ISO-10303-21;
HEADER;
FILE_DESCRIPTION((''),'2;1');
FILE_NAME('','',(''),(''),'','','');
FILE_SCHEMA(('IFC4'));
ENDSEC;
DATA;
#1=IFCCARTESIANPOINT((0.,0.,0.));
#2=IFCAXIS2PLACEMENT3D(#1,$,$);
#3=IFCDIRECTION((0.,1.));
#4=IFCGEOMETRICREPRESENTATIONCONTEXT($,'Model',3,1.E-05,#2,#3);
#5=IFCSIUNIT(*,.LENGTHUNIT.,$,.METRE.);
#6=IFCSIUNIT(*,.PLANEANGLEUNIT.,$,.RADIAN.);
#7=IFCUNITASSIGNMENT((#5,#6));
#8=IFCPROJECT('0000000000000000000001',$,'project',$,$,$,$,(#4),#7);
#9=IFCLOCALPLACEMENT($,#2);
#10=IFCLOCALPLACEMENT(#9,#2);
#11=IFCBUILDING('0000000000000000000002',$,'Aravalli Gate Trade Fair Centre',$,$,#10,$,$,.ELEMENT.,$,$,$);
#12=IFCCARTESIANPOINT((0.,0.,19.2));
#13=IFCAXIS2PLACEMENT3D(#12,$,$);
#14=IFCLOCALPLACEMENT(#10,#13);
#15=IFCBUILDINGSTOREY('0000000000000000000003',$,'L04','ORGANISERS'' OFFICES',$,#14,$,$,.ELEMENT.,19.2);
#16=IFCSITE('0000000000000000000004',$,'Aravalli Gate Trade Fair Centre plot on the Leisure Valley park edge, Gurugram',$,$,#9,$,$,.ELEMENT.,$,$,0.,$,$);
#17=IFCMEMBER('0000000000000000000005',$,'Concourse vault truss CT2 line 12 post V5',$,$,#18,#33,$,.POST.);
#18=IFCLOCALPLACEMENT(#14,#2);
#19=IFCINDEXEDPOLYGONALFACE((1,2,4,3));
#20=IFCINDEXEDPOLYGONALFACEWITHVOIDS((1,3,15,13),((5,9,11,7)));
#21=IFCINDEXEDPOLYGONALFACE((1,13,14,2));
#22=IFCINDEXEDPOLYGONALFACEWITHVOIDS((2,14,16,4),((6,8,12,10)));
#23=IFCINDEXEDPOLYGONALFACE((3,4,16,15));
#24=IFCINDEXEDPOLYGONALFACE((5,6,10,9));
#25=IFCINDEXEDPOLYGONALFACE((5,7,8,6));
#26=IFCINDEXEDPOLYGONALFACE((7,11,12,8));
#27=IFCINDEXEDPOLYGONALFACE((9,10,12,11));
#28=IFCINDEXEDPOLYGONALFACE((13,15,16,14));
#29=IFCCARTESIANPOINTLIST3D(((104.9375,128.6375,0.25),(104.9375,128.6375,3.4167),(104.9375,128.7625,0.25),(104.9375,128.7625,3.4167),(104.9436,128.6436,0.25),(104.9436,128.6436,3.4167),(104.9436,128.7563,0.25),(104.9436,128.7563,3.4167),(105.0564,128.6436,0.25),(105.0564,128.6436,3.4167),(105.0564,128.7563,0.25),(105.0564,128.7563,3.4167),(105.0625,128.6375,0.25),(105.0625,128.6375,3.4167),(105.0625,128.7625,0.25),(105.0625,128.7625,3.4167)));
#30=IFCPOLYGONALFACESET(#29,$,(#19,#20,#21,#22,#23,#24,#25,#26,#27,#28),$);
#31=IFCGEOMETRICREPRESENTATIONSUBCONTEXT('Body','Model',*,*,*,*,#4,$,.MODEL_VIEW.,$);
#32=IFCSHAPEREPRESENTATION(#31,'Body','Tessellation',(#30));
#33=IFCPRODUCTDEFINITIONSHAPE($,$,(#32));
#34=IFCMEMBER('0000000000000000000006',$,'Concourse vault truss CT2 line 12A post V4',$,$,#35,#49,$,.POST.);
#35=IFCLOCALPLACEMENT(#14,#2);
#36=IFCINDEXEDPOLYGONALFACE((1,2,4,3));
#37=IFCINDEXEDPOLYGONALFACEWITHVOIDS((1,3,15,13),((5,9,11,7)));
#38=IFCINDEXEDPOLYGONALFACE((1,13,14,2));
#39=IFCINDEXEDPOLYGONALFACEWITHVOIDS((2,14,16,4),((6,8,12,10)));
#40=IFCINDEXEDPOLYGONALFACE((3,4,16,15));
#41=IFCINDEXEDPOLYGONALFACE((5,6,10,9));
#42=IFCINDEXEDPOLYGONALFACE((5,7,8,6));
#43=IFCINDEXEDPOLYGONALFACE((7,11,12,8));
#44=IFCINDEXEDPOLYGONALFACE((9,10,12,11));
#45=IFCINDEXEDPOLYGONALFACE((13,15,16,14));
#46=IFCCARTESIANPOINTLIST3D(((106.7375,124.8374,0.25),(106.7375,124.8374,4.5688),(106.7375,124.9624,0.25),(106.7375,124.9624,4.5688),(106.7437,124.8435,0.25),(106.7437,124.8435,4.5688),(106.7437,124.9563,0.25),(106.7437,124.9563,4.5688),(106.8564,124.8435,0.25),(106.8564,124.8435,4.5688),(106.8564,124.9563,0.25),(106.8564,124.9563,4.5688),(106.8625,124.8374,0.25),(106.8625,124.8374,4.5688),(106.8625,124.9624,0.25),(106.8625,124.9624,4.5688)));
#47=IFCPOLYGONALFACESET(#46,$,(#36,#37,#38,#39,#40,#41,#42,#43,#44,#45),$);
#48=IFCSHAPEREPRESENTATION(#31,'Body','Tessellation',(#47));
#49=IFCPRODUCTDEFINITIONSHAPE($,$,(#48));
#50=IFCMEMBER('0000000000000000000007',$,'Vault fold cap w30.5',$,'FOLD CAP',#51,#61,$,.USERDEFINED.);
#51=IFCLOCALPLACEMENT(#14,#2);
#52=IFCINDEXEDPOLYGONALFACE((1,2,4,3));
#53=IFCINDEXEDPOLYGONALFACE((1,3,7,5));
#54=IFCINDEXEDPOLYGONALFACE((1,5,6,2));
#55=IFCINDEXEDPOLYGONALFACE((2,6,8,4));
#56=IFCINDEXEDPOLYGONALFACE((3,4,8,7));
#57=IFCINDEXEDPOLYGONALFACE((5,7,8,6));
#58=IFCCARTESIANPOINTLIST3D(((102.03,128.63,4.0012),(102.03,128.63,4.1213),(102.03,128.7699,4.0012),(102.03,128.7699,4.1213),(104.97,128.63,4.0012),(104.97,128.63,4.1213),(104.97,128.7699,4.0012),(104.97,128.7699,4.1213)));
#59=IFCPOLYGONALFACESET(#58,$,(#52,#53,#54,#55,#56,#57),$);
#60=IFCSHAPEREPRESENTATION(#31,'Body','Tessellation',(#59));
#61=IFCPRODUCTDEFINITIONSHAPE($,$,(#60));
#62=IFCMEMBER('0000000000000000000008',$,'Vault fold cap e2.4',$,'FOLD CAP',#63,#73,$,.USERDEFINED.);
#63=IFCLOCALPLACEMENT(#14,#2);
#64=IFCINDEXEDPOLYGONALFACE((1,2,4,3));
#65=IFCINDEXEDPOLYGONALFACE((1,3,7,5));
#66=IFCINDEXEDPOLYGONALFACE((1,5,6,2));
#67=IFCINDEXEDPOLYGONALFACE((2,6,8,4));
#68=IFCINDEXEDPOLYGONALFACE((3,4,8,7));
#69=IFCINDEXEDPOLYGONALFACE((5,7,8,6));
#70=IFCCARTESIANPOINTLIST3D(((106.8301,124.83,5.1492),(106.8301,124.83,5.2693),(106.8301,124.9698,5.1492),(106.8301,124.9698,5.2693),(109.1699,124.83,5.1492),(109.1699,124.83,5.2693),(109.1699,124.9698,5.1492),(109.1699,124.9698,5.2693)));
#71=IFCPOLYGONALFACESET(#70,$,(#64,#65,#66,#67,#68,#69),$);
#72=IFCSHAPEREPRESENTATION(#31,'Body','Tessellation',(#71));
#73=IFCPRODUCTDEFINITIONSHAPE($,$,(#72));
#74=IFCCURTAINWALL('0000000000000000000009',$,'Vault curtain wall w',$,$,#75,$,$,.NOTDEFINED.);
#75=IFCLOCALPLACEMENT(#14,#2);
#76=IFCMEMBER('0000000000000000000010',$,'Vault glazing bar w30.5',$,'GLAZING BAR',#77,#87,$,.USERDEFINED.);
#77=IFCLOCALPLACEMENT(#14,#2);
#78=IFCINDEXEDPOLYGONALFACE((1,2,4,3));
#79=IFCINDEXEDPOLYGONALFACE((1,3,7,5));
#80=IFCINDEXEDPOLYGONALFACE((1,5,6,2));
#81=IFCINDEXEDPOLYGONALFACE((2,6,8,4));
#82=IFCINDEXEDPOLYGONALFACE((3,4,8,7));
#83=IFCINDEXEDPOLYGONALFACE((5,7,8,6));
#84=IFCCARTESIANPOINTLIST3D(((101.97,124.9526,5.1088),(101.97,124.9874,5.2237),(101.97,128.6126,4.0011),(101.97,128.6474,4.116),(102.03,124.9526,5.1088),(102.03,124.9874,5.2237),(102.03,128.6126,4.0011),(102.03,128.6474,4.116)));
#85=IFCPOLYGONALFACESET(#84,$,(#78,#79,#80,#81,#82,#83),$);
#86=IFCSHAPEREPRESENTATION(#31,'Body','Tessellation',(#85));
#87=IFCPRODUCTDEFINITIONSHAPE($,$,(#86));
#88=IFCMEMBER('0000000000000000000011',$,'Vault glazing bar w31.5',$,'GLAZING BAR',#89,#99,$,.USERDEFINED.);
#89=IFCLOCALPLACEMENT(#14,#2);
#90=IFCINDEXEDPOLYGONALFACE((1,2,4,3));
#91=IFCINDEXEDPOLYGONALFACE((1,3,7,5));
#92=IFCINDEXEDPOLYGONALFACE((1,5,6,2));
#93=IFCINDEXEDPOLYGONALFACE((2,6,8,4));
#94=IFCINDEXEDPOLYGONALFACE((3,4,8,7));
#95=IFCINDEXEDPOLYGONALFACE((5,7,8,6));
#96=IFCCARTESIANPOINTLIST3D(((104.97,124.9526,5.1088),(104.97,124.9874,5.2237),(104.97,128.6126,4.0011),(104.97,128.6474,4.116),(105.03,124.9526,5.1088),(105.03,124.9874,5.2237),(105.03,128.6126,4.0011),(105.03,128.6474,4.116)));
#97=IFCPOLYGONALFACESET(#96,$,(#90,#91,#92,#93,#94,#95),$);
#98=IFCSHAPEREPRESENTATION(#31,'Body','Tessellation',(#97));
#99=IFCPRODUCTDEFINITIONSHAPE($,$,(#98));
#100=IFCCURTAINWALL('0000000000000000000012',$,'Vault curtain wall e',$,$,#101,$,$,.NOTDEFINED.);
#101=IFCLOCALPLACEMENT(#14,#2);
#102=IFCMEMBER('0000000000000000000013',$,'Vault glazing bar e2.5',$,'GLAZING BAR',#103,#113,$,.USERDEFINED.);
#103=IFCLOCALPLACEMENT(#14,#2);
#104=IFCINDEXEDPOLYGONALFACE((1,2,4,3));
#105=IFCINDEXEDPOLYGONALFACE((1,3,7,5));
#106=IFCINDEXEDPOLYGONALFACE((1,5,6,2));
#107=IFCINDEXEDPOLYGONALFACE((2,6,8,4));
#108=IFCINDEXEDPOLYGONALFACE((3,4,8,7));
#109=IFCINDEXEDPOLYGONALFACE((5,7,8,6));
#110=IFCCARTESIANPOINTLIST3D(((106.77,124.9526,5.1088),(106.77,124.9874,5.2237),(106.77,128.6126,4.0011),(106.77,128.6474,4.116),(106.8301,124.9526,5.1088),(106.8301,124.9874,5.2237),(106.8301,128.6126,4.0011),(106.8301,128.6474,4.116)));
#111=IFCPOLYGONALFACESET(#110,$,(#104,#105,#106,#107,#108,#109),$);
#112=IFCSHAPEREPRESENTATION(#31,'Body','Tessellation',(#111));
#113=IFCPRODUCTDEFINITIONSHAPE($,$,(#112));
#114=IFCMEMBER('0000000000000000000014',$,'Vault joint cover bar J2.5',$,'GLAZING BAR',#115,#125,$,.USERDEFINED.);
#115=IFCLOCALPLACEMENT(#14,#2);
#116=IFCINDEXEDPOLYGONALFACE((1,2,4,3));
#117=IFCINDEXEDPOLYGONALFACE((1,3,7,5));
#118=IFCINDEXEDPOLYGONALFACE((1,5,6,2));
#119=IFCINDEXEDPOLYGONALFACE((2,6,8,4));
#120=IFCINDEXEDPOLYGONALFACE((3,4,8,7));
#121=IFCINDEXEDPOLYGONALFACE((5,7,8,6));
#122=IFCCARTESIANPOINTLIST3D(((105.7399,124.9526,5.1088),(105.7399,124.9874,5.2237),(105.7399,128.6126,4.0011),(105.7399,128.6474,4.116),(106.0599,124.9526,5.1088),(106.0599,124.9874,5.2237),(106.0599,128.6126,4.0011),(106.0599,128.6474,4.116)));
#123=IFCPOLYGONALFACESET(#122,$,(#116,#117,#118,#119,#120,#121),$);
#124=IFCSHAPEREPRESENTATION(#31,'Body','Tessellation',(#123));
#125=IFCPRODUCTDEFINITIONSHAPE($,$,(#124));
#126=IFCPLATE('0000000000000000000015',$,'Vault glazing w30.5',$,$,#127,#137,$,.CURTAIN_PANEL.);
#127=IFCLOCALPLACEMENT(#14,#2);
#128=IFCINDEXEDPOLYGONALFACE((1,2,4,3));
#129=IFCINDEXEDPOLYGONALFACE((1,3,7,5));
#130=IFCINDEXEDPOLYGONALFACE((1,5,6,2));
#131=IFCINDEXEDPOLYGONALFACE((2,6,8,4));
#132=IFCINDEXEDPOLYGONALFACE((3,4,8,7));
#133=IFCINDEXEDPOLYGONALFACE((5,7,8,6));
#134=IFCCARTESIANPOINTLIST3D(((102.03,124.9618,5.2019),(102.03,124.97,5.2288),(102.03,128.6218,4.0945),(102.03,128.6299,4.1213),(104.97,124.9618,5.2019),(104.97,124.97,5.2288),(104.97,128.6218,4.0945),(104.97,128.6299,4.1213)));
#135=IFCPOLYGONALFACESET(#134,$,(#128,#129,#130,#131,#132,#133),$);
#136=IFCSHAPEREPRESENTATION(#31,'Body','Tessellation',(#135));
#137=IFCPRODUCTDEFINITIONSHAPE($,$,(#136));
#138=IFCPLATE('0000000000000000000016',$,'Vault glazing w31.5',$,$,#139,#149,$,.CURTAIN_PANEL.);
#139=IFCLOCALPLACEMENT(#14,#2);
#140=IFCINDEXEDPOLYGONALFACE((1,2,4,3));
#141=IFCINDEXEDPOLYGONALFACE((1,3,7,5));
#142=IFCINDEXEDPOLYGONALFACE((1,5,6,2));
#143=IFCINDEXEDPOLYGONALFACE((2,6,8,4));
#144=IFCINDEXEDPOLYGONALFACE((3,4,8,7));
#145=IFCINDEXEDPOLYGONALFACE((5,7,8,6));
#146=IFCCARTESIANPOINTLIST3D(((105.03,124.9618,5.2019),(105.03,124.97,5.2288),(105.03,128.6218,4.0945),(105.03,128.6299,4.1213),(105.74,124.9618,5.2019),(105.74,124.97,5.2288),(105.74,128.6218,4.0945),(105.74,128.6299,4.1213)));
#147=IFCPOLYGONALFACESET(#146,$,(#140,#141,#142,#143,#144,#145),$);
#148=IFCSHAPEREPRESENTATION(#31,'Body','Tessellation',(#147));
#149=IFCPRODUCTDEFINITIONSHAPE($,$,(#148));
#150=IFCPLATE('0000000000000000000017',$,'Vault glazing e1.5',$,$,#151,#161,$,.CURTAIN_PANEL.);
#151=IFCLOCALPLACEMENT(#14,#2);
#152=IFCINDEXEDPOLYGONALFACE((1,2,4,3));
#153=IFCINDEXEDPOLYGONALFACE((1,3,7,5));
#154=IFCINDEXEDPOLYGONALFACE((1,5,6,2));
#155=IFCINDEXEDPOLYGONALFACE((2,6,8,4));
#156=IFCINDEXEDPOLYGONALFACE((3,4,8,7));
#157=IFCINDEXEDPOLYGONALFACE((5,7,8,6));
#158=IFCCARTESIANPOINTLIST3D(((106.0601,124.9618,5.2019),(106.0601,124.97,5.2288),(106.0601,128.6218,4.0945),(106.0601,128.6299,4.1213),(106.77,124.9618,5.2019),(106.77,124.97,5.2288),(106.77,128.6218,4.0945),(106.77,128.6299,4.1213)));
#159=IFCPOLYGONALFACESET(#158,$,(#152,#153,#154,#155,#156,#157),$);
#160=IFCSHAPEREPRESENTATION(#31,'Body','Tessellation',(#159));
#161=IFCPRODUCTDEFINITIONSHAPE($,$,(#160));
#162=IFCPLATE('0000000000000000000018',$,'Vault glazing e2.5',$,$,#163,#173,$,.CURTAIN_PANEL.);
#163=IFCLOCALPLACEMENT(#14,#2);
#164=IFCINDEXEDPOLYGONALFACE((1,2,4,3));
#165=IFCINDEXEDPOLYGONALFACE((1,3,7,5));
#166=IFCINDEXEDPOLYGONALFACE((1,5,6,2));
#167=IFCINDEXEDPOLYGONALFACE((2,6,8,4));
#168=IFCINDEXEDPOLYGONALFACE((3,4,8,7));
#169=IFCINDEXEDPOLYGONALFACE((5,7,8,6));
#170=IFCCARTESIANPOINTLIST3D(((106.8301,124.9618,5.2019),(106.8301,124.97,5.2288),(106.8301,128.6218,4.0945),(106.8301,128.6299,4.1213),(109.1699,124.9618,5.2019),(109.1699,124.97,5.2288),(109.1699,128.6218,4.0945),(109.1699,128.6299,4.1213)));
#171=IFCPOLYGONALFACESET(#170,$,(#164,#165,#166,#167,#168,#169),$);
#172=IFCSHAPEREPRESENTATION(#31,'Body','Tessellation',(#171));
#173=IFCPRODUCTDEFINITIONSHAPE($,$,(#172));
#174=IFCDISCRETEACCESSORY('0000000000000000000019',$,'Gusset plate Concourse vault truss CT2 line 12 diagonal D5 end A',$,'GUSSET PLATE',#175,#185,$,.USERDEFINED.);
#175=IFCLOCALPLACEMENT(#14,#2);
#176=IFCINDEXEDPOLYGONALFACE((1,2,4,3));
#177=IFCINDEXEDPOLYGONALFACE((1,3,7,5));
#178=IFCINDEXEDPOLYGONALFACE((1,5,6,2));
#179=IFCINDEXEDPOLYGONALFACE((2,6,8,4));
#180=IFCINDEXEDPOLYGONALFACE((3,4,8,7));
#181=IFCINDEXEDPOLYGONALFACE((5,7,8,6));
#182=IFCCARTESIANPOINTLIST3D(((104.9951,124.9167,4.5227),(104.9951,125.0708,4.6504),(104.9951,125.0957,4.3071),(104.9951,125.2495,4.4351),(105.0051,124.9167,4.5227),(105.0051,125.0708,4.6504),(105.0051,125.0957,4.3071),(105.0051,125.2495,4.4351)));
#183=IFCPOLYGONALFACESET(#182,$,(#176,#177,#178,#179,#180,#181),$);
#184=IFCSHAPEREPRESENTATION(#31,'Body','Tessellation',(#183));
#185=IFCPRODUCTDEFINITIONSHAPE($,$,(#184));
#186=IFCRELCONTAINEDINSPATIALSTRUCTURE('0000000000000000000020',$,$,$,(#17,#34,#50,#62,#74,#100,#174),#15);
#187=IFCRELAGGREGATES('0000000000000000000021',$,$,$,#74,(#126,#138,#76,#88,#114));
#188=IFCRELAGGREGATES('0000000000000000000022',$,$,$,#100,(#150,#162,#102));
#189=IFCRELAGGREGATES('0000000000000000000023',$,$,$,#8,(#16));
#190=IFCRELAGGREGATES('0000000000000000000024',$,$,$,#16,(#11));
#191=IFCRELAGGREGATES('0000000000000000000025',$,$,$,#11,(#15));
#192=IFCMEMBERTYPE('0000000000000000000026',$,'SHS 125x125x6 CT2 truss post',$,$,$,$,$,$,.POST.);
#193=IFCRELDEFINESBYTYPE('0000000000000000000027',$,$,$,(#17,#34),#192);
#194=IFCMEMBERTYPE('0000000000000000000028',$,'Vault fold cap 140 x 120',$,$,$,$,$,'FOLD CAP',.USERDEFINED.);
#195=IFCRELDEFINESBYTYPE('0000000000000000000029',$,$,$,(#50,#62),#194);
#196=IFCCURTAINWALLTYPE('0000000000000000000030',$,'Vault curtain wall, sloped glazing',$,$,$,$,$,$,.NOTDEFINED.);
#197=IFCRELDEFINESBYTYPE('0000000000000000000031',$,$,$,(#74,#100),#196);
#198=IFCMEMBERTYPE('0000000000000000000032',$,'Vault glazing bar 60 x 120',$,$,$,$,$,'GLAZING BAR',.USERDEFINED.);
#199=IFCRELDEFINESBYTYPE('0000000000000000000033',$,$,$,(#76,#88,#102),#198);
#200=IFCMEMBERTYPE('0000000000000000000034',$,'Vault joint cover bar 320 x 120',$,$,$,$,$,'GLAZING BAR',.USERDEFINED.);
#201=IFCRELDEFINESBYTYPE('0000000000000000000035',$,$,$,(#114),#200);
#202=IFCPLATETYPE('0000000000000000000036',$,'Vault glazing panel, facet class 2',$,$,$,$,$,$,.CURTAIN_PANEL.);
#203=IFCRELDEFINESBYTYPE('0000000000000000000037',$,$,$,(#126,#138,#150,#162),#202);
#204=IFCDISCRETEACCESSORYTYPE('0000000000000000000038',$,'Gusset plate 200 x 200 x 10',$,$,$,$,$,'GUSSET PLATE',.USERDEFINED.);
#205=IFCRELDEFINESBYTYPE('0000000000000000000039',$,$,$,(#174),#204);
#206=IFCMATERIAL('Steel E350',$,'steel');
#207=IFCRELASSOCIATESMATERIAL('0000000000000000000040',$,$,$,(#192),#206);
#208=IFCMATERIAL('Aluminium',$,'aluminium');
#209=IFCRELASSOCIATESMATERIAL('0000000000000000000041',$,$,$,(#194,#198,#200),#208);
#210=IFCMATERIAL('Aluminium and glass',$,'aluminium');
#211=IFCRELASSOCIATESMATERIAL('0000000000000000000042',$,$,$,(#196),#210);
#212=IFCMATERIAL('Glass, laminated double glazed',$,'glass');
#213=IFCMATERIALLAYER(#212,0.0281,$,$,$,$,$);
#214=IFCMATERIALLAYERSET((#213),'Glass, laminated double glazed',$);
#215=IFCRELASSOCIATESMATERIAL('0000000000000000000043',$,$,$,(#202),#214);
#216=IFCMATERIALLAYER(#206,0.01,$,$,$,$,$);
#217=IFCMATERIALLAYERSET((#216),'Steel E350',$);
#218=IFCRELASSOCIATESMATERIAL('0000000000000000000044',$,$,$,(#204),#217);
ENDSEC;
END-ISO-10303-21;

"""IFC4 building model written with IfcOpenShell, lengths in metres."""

from ifc_helpers import new_model, si_unit, direction, frame, origin, origin_2d, place, context, subcontext, project, spatial, polyline, rectangle, hollow_rectangle, outline, extrude, material, layer, layer_set, material_profile, profile_set, type_object, element, aggregate, save


model = new_model("IFC4")

# Units and contexts
model_context = context("Model", 3, precision=1e-05, world=origin(), true_north=direction((0.0, 1.0)))
body_context = subcontext(model_context, "Body", "Model", "MODEL_VIEW")
ifc_project = project(units=[si_unit("LENGTHUNIT", "METRE"), si_unit("PLANEANGLEUNIT", "RADIAN")], contexts=[model_context])

# Site, building, storey
site_placement = place(None, origin())
site = spatial("IfcSite", under=ifc_project, at=site_placement, Name="Aravalli Gate Trade Fair Centre plot on the Leisure Valley park edge, Gurugram", CompositionType="ELEMENT", RefElevation=0.0)
building_placement = place(site_placement, origin())
building = spatial("IfcBuilding", under=site, at=building_placement, Name="Aravalli Gate Trade Fair Centre", CompositionType="ELEMENT")
storey_placement = place(building_placement, frame((0.0, 0.0, 19.2)))
storey = spatial("IfcBuildingStorey", under=building, at=storey_placement, Name="L04", Description="ORGANISERS' OFFICES", CompositionType="ELEMENT", Elevation=19.2)

# Members
ifc_material_1 = material(Name="Steel E350", Category="steel")
ifc_material_profile_1 = material_profile(ifc_material_1, hollow_rectangle(XDim=0.125, YDim=0.125, WallThickness=0.0061, at=origin_2d()), Name="SHS 125x125x6")
ifc_profile_set_1 = profile_set([ifc_material_profile_1], Name="Steel E350")
member_type_1 = type_object("IfcMemberType", Name="SHS 125x125x6 CT2 truss post", PredefinedType="POST", material=ifc_profile_set_1)
member_1_placement = place(storey_placement, frame((105.0, 128.7, 0.25), z_axis=(0.0, 0.0, 1.0), x_axis=(1.0, 0.0, 0.0)))
element("IfcMember", 1, at=member_1_placement, inside=storey, type_object=member_type_1, Name="Concourse vault truss CT2 line 12 post V5", PredefinedType="POST", context=body_context, shape_type="SweptSolid", body=[
    extrude(hollow_rectangle(XDim=0.125, YDim=0.125, WallThickness=0.0061, at=origin_2d()), origin(), (0.0, 0.0, 1.0), 3.1667),
])
member_2_placement = place(storey_placement, frame((106.8, 124.8999, 0.25), z_axis=(0.0, 0.0, 1.0), x_axis=(1.0, 0.0, 0.0)))
element("IfcMember", 2, at=member_2_placement, inside=storey, type_object=member_type_1, Name="Concourse vault truss CT2 line 12A post V4", PredefinedType="POST", context=body_context, shape_type="SweptSolid", body=[
    extrude(hollow_rectangle(XDim=0.125, YDim=0.125, WallThickness=0.0061, at=origin_2d()), origin(), (0.0, 0.0, 1.0), 4.3188),
])
ifc_material_2 = material(Name="Aluminium", Category="aluminium")
ifc_material_profile_2 = material_profile(ifc_material_2, rectangle(XDim=0.1399, YDim=0.1201, at=origin_2d()), Name="Vault fold cap 140 x 120")
ifc_profile_set_2 = profile_set([ifc_material_profile_2], Name="Aluminium")
member_type_2 = type_object("IfcMemberType", Name="Vault fold cap 140 x 120", ElementType="FOLD CAP", PredefinedType="USERDEFINED", material=ifc_profile_set_2)
member_3_placement = place(storey_placement, frame((102.03, 128.7, 4.0613), z_axis=(1.0, 0.0, 0.0), x_axis=(0.0, 1.0, 0.0)))
element("IfcMember", 3, at=member_3_placement, inside=storey, type_object=member_type_2, Name="Vault fold cap w30.5", ObjectType="FOLD CAP", PredefinedType="USERDEFINED", context=body_context, shape_type="SweptSolid", body=[
    extrude(rectangle(XDim=0.1399, YDim=0.1201, at=origin_2d()), origin(), (0.0, 0.0, 1.0), 2.9399),
])
member_4_placement = place(storey_placement, frame((106.8301, 124.8999, 5.2092), z_axis=(1.0, 0.0, 0.0), x_axis=(0.0, 1.0, 0.0)))
element("IfcMember", 4, at=member_4_placement, inside=storey, type_object=member_type_2, Name="Vault fold cap e2.4", ObjectType="FOLD CAP", PredefinedType="USERDEFINED", context=body_context, shape_type="SweptSolid", body=[
    extrude(rectangle(XDim=0.1399, YDim=0.1201, at=origin_2d()), origin(), (0.0, 0.0, 1.0), 2.3398),
])

# Curtain wall, members
ifc_material_3 = material(Name="Aluminium and glass", Category="aluminium")
curtain_wall_type = type_object("IfcCurtainWallType", Name="Vault curtain wall, sloped glazing", PredefinedType="NOTDEFINED", material=ifc_material_3)
curtain_wall_1_placement = place(storey_placement, origin())
curtain_wall_1 = element("IfcCurtainWall", 5, at=curtain_wall_1_placement, inside=storey, type_object=curtain_wall_type, Name="Vault curtain wall w", PredefinedType="NOTDEFINED")
ifc_material_profile_3 = material_profile(ifc_material_2, rectangle(XDim=0.0601, YDim=0.1201, at=origin_2d()), Name="Vault glazing bar 60 x 120")
ifc_profile_set_3 = profile_set([ifc_material_profile_3], Name="Aluminium")
member_type_3 = type_object("IfcMemberType", Name="Vault glazing bar 60 x 120", ElementType="GLAZING BAR", PredefinedType="USERDEFINED", material=ifc_profile_set_3)
member_5_placement = place(storey_placement, frame((102.0, 124.97, 5.1663), z_axis=(0.0, 0.957126, -0.289672), x_axis=(-1.0, 0.0, 0.0)))
member_5 = element("IfcMember", 6, at=member_5_placement, type_object=member_type_3, Name="Vault glazing bar w30.5", ObjectType="GLAZING BAR", PredefinedType="USERDEFINED", context=body_context, shape_type="SweptSolid", body=[
    extrude(rectangle(XDim=0.0601, YDim=0.1201, at=origin_2d()), origin(), (0.0, 0.0, 1.0), 3.824),
])
member_6_placement = place(storey_placement, frame((105.0, 124.97, 5.1663), z_axis=(0.0, 0.957126, -0.289672), x_axis=(-1.0, 0.0, 0.0)))
member_6 = element("IfcMember", 7, at=member_6_placement, type_object=member_type_3, Name="Vault glazing bar w31.5", ObjectType="GLAZING BAR", PredefinedType="USERDEFINED", context=body_context, shape_type="SweptSolid", body=[
    extrude(rectangle(XDim=0.0601, YDim=0.1201, at=origin_2d()), origin(), (0.0, 0.0, 1.0), 3.824),
])

# Curtain wall, member
curtain_wall_2_placement = place(storey_placement, origin())
curtain_wall_2 = element("IfcCurtainWall", 8, at=curtain_wall_2_placement, inside=storey, type_object=curtain_wall_type, Name="Vault curtain wall e", PredefinedType="NOTDEFINED")
member_7_placement = place(storey_placement, frame((106.8, 124.97, 5.1663), z_axis=(0.0, 0.957126, -0.289672), x_axis=(-1.0, 0.0, 0.0)))
member_7 = element("IfcMember", 9, at=member_7_placement, type_object=member_type_3, Name="Vault glazing bar e2.5", ObjectType="GLAZING BAR", PredefinedType="USERDEFINED", context=body_context, shape_type="SweptSolid", body=[
    extrude(rectangle(XDim=0.0601, YDim=0.1201, at=origin_2d()), origin(), (0.0, 0.0, 1.0), 3.824),
])

# Member
ifc_material_profile_4 = material_profile(ifc_material_2, rectangle(XDim=0.3201, YDim=0.1201, at=origin_2d()), Name="Vault joint cover bar 320 x 120")
ifc_profile_set_4 = profile_set([ifc_material_profile_4], Name="Aluminium")
member_type_4 = type_object("IfcMemberType", Name="Vault joint cover bar 320 x 120", ElementType="GLAZING BAR", PredefinedType="USERDEFINED", material=ifc_profile_set_4)
member_8_placement = place(storey_placement, frame((105.8999, 124.97, 5.1663), z_axis=(0.0, 0.957126, -0.289672), x_axis=(-1.0, 0.0, 0.0)))
member_8 = element("IfcMember", 10, at=member_8_placement, type_object=member_type_4, Name="Vault joint cover bar J2.5", ObjectType="GLAZING BAR", PredefinedType="USERDEFINED", context=body_context, shape_type="SweptSolid", body=[
    extrude(rectangle(XDim=0.3201, YDim=0.1201, at=origin_2d()), origin(), (0.0, 0.0, 1.0), 3.824),
])

# Plates
ifc_material_4 = material(Name="Glass, laminated double glazed", Category="glass")
ifc_layer_1 = layer(ifc_material_4, 0.0281)
ifc_layer_set_1 = layer_set([ifc_layer_1], Name="Glass, laminated double glazed")
plate_type = type_object("IfcPlateType", Name="Vault glazing panel, facet class 2", PredefinedType="CURTAIN_PANEL", material=ifc_layer_set_1)
plate_1_placement = place(storey_placement, frame((102.03, 124.97, 5.2288), z_axis=(0.0, 0.289614, 0.957144), x_axis=(1.0, 0.0, 0.0)))
plate_1 = element("IfcPlate", 11, at=plate_1_placement, type_object=plate_type, Name="Vault glazing w30.5", PredefinedType="CURTAIN_PANEL", context=body_context, shape_type="SweptSolid", body=[
    extrude(outline(polyline([(0.0, 0.0), (2.9399, 0.0), (2.9399, 3.8238), (0.0, 3.8238), (0.0, 0.0)])), origin(), (0.0, 0.0, -1.0), 0.0281),
])
plate_2_placement = place(storey_placement, frame((105.03, 124.97, 5.2288), z_axis=(0.0, 0.289614, 0.957144), x_axis=(1.0, 0.0, 0.0)))
plate_2 = element("IfcPlate", 12, at=plate_2_placement, type_object=plate_type, Name="Vault glazing w31.5", PredefinedType="CURTAIN_PANEL", context=body_context, shape_type="SweptSolid", body=[
    extrude(outline(polyline([(0.0, 0.0), (0.71, 0.0), (0.71, 3.8238), (0.0, 3.8238), (0.0, 0.0)])), origin(), (0.0, 0.0, -1.0), 0.0281),
])
aggregate(curtain_wall_1, [plate_1, plate_2, member_5, member_6, member_8])
plate_3_placement = place(storey_placement, frame((106.0601, 124.97, 5.2288), z_axis=(0.0, 0.289614, 0.957144), x_axis=(1.0, 0.0, 0.0)))
plate_3 = element("IfcPlate", 13, at=plate_3_placement, type_object=plate_type, Name="Vault glazing e1.5", PredefinedType="CURTAIN_PANEL", context=body_context, shape_type="SweptSolid", body=[
    extrude(outline(polyline([(0.0, 0.0), (0.71, 0.0), (0.71, 3.8238), (0.0, 3.8238), (0.0, 0.0)])), origin(), (0.0, 0.0, -1.0), 0.0281),
])
plate_4_placement = place(storey_placement, frame((106.8301, 124.97, 5.2288), z_axis=(0.0, 0.289614, 0.957144), x_axis=(1.0, 0.0, 0.0)))
plate_4 = element("IfcPlate", 14, at=plate_4_placement, type_object=plate_type, Name="Vault glazing e2.5", PredefinedType="CURTAIN_PANEL", context=body_context, shape_type="SweptSolid", body=[
    extrude(outline(polyline([(0.0, 0.0), (2.3398, 0.0), (2.3398, 3.8238), (0.0, 3.8238), (0.0, 0.0)])), origin(), (0.0, 0.0, -1.0), 0.0281),
])
aggregate(curtain_wall_2, [plate_3, plate_4, member_7])

# Discrete accessory
ifc_layer_2 = layer(ifc_material_1, 0.01)
ifc_layer_set_2 = layer_set([ifc_layer_2], Name="Steel E350")
discrete_accessory_type = type_object("IfcDiscreteAccessoryType", Name="Gusset plate 200 x 200 x 10", ElementType="GUSSET PLATE", PredefinedType="USERDEFINED", material=ifc_layer_set_2)
discrete_accessory_1_placement = place(storey_placement, frame((104.9951, 125.0957, 4.3071), z_axis=(-1.0, 0.0, 0.0), x_axis=(0.0, -0.638726, 0.769434)))
element("IfcDiscreteAccessory", 15, at=discrete_accessory_1_placement, inside=storey, type_object=discrete_accessory_type, Name="Gusset plate Concourse vault truss CT2 line 12 diagonal D5 end A", ObjectType="GUSSET PLATE", PredefinedType="USERDEFINED", context=body_context, shape_type="SweptSolid", body=[
    extrude(outline(polyline([(0.0, 0.0), (0.2802, 0.0), (0.28, 0.2001), (0.0002, 0.2001), (0.0, 0.0)])), origin(), (0.0, 0.0, -1.0), 0.01),
])

save(model, "model.ifc")
